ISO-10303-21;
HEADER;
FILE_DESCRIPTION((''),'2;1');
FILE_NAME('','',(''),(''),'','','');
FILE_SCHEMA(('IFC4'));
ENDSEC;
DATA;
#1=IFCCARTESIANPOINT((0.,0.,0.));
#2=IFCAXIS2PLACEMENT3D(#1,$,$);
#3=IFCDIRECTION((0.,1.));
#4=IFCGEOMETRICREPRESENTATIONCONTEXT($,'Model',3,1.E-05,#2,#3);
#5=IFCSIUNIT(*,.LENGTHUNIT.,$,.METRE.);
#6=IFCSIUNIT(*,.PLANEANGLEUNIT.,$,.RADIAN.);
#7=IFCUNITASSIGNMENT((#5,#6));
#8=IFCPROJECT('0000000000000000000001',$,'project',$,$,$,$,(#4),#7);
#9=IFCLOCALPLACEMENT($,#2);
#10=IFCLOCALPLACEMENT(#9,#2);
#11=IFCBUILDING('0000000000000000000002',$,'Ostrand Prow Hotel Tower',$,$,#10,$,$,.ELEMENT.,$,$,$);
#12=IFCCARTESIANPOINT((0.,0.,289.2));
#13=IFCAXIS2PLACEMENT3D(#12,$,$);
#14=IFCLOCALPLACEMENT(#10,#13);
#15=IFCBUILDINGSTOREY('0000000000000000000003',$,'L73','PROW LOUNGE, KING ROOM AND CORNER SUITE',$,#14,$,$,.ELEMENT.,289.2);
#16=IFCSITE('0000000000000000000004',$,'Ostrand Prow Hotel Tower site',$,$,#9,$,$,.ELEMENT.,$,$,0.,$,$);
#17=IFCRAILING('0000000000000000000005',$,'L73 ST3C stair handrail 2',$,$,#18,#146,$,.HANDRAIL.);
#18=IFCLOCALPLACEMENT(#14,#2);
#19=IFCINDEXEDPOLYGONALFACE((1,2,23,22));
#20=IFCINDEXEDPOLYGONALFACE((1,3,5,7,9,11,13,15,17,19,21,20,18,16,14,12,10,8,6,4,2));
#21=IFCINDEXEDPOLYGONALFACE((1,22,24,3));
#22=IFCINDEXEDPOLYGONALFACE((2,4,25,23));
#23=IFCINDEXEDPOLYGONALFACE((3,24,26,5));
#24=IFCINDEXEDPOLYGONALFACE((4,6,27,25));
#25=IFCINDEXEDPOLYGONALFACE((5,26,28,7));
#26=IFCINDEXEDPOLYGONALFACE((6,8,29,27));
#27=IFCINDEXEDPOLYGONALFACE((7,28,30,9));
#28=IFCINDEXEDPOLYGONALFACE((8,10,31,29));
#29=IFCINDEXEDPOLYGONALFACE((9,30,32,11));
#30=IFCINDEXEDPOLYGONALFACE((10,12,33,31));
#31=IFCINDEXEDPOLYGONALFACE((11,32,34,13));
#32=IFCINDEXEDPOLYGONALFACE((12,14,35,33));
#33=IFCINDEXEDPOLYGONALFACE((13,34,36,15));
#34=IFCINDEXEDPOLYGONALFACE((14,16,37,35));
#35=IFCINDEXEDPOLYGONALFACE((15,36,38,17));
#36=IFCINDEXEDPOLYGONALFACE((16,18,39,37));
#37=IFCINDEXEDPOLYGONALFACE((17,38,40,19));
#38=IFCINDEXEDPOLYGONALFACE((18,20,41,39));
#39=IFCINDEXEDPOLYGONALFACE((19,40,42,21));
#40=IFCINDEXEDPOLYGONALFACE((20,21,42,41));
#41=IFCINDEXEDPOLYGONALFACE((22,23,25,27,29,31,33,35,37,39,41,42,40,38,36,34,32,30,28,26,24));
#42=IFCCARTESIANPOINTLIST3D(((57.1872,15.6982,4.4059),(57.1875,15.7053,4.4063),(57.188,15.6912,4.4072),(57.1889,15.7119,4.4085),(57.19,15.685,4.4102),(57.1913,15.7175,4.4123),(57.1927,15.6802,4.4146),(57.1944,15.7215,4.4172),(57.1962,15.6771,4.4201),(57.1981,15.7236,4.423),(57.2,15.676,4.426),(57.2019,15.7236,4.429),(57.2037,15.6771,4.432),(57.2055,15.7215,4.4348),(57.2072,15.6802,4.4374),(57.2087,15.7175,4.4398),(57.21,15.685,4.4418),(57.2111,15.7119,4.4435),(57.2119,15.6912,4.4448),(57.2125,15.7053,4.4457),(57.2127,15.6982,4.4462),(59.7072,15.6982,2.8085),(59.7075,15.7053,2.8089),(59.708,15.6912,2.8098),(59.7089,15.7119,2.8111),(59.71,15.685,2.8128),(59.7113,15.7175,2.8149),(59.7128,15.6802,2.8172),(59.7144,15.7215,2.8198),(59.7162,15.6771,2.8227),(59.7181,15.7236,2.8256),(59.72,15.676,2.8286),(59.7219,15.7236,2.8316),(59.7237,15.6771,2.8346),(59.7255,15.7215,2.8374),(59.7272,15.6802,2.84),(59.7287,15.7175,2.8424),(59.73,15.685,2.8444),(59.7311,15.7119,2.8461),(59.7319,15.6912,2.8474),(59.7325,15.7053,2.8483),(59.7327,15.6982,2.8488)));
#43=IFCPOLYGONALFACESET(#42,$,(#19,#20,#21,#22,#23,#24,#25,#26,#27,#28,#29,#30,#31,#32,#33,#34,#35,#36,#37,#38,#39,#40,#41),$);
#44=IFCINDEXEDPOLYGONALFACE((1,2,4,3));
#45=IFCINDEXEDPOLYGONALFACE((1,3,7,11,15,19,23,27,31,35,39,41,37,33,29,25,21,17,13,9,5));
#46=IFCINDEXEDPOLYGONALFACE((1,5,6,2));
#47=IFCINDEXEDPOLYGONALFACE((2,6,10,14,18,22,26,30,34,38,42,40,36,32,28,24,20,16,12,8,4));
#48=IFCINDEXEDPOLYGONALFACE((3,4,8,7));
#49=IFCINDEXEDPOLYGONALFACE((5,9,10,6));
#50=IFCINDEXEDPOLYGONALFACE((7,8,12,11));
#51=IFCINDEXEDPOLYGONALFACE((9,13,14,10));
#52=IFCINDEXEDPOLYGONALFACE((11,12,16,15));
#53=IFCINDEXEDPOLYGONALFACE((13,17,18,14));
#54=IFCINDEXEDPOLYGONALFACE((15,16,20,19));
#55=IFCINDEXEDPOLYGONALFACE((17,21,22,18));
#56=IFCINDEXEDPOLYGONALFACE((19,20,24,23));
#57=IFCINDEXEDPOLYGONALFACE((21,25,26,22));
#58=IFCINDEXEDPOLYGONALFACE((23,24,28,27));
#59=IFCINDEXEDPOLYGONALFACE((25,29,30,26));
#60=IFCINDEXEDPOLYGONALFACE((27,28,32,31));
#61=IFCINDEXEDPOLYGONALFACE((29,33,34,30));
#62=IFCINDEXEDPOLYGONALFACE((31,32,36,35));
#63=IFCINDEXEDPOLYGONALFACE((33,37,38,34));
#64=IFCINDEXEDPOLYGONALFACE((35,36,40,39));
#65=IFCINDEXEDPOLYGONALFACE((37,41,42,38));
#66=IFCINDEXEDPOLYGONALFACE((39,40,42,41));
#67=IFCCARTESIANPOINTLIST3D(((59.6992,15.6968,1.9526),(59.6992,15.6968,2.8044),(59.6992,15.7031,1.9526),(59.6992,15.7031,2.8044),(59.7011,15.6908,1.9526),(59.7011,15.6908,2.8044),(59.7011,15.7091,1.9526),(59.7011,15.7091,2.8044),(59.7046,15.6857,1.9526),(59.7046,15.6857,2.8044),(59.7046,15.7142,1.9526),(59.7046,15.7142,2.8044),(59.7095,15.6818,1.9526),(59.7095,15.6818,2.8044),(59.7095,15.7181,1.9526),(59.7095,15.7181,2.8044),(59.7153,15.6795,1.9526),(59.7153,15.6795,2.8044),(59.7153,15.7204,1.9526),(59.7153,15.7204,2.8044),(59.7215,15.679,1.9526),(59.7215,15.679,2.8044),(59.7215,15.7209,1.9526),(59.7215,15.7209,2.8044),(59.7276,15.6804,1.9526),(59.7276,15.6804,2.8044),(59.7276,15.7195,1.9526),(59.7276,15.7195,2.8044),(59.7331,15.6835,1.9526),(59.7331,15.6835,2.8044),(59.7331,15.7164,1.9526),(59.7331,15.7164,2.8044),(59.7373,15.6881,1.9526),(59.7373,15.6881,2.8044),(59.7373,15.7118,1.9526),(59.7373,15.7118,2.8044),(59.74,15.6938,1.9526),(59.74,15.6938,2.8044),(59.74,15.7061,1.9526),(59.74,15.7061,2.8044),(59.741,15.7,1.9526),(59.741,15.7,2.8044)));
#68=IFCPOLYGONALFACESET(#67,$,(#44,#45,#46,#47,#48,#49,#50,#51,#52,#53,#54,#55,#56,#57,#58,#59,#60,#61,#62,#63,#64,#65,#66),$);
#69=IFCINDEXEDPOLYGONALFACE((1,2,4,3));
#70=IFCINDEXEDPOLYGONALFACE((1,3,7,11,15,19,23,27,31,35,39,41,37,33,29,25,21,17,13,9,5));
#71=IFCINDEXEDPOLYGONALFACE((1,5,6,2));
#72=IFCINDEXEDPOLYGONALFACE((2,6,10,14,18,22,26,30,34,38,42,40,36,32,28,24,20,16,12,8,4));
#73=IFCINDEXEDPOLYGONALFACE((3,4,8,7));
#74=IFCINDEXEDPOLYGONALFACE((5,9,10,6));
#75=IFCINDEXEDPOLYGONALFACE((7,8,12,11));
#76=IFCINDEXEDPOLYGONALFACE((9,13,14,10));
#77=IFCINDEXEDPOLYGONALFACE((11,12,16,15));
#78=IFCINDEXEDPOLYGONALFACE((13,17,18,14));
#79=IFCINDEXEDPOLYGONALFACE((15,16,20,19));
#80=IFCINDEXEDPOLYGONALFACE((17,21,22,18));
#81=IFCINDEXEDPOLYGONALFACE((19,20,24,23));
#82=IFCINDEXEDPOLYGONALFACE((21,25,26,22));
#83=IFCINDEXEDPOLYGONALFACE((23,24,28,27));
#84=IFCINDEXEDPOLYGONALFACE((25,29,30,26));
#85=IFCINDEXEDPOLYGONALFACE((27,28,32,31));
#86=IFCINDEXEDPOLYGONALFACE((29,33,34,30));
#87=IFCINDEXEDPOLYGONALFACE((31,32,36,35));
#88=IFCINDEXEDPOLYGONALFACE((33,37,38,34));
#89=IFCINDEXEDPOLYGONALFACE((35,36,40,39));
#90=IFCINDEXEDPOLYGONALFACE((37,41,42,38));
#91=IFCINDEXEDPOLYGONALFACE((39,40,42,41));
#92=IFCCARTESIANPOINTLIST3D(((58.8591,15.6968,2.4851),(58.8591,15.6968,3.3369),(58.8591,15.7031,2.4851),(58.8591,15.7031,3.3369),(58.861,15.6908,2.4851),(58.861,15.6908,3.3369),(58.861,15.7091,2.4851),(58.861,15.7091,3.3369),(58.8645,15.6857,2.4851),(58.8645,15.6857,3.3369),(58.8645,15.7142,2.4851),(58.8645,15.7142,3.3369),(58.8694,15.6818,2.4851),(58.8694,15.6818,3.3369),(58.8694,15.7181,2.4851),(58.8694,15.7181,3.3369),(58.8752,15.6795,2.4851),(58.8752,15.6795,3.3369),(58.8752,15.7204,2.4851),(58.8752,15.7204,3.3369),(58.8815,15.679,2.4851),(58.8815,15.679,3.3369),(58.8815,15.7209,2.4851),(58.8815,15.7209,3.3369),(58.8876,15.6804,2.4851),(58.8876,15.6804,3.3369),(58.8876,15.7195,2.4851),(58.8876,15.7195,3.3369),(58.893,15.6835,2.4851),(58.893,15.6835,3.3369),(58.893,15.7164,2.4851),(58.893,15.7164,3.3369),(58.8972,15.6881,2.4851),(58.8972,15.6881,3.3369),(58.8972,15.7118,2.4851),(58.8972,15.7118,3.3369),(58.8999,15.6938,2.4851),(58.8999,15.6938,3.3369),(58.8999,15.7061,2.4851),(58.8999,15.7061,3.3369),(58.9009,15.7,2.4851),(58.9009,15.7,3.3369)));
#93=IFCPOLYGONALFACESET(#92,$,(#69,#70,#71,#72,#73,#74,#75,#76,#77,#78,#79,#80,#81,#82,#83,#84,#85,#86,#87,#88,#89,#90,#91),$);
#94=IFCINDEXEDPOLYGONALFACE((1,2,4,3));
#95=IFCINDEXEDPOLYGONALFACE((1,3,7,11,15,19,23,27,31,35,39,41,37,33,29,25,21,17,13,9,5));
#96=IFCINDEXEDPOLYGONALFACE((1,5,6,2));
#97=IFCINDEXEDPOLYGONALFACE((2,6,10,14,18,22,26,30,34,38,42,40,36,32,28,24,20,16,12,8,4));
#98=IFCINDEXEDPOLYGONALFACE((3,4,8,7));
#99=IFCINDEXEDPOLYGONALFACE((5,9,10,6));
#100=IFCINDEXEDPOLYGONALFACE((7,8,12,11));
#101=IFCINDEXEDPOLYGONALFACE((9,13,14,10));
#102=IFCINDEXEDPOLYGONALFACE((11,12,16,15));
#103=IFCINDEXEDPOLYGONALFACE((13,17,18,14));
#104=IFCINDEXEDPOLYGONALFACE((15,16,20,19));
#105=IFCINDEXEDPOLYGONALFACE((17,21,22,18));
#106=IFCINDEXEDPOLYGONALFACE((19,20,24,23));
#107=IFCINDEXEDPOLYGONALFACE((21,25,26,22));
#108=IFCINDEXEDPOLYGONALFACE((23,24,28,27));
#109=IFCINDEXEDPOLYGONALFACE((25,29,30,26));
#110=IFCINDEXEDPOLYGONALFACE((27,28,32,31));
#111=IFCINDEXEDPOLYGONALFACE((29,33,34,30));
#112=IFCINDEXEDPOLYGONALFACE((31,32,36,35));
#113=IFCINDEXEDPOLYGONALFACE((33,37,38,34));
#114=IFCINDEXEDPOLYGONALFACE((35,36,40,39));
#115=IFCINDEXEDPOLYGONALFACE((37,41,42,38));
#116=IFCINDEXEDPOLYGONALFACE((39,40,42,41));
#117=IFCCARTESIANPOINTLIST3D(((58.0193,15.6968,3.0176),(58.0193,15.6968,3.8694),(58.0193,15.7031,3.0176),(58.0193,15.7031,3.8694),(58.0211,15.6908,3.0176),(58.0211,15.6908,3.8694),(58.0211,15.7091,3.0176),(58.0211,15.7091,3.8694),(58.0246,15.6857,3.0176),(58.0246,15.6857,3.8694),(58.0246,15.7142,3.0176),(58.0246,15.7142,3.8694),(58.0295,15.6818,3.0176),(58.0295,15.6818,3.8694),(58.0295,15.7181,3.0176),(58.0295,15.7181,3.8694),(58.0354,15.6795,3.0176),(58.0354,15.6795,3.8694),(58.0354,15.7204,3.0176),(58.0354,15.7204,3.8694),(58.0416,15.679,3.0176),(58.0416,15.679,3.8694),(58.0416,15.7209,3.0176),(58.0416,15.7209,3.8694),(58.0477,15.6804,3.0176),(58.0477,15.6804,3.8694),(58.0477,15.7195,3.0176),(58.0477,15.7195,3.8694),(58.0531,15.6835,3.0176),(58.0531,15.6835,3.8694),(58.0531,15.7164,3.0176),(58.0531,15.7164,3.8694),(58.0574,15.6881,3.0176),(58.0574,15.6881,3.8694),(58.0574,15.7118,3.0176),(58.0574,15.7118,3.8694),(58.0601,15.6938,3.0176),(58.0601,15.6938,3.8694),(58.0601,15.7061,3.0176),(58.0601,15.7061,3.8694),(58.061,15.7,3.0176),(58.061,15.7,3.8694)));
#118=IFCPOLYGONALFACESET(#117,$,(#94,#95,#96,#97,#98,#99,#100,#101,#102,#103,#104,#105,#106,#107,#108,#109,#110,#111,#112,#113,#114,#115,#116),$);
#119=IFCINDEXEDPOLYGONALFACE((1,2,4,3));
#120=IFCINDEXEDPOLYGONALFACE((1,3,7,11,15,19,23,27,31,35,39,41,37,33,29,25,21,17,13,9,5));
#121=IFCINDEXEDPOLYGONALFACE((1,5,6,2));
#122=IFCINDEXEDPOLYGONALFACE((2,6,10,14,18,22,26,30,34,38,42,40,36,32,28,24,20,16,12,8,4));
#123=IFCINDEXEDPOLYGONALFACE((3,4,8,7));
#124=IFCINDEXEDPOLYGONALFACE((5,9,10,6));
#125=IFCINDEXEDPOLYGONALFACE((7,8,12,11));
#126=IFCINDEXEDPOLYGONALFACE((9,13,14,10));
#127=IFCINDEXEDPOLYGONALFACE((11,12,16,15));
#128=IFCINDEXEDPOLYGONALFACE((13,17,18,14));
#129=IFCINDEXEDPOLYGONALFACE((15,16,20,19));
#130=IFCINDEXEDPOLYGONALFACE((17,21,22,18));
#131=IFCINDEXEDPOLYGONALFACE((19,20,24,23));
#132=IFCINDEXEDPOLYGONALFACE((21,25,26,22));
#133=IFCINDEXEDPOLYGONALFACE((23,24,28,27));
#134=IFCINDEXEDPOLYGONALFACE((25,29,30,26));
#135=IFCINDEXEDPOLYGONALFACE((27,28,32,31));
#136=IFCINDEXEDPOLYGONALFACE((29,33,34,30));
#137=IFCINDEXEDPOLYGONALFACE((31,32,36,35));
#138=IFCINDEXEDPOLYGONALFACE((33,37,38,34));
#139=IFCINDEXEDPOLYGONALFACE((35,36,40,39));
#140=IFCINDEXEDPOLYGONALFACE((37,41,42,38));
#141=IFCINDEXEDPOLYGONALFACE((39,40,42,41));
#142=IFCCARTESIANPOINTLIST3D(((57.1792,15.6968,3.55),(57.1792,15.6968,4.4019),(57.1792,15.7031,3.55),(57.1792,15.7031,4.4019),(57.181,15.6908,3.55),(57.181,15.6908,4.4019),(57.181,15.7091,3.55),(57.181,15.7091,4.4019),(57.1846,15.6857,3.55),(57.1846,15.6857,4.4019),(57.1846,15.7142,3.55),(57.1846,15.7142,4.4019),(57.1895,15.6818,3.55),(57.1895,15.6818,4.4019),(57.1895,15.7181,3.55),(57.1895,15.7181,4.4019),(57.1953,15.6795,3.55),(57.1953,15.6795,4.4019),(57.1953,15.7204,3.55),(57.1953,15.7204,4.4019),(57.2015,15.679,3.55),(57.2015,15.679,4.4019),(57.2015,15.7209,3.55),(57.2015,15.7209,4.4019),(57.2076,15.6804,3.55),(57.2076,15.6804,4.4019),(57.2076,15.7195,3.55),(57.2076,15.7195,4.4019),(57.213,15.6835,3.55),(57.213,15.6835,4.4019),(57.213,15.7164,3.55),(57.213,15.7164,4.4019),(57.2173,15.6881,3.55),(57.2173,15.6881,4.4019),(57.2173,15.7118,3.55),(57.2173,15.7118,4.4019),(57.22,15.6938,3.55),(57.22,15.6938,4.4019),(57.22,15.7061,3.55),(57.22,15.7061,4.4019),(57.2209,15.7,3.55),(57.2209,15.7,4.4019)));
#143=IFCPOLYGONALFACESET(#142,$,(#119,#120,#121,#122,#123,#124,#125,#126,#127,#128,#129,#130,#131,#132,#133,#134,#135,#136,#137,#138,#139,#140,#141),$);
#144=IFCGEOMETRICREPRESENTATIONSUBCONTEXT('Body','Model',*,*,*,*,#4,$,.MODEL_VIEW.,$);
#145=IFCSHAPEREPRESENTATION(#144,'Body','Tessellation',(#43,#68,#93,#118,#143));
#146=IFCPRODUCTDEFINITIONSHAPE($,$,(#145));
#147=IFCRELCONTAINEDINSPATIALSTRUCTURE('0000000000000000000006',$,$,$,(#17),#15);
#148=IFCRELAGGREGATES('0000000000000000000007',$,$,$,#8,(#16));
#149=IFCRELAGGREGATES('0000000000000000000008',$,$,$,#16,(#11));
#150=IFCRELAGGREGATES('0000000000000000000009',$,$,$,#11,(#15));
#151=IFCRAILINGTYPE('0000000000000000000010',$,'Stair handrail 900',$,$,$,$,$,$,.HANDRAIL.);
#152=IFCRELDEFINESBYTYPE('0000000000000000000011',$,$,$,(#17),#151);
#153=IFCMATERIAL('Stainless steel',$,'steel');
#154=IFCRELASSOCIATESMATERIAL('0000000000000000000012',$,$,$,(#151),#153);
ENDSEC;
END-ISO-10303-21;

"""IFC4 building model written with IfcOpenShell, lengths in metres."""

from ifc_helpers import new_model, si_unit, direction, frame, origin, origin_2d, place, context, subcontext, project, spatial, circle, extrude, material, type_object, element, save


model = new_model("IFC4")

# Units and contexts
model_context = context("Model", 3, precision=1e-05, world=origin(), true_north=direction((0.0, 1.0)))
body_context = subcontext(model_context, "Body", "Model", "MODEL_VIEW")
ifc_project = project(units=[si_unit("LENGTHUNIT", "METRE"), si_unit("PLANEANGLEUNIT", "RADIAN")], contexts=[model_context])

# Site, building, storey
site_placement = place(None, origin())
site = spatial("IfcSite", under=ifc_project, at=site_placement, Name="Ostrand Prow Hotel Tower site", CompositionType="ELEMENT", RefElevation=0.0)
building_placement = place(site_placement, origin())
building = spatial("IfcBuilding", under=site, at=building_placement, Name="Ostrand Prow Hotel Tower", CompositionType="ELEMENT")
storey_placement = place(building_placement, frame((0.0, 0.0, 289.2)))
storey = spatial("IfcBuildingStorey", under=building, at=storey_placement, Name="L73", Description="PROW LOUNGE, KING ROOM AND CORNER SUITE", CompositionType="ELEMENT", Elevation=289.2)

# Railing
ifc_material_1 = material(Name="Stainless steel", Category="steel")
railing_type_1 = type_object("IfcRailingType", Name="Stair handrail 900", PredefinedType="HANDRAIL", material=ifc_material_1)
railing_1_placement = place(storey_placement, frame((59.72, 15.7, 1.9526)))
element("IfcRailing", 1, at=railing_1_placement, inside=storey, type_object=railing_type_1, Name="L73 ST3C stair handrail 2", PredefinedType="HANDRAIL", context=body_context, shape_type="SweptSolid", body=[
    extrude(circle(Radius=0.0239, at=origin_2d()), frame((0.0, 0.0, 0.876), z_axis=(-0.844607, 0.0, 0.535387), x_axis=(0.0, -1.0, 0.0)), (0.0, 0.0, 1.0), 2.9836),
    extrude(circle(Radius=0.021, at=origin_2d()), origin(), (0.0, 0.0, 1.0), 0.8518),
    extrude(circle(Radius=0.021, at=origin_2d()), frame((-0.8401, 0.0, 0.5325)), (0.0, 0.0, 1.0), 0.8518),
    extrude(circle(Radius=0.021, at=origin_2d()), frame((-1.6799, 0.0, 1.0649)), (0.0, 0.0, 1.0), 0.8518),
    extrude(circle(Radius=0.021, at=origin_2d()), frame((-2.52, 0.0, 1.5974)), (0.0, 0.0, 1.0), 0.8518),
])

save(model, "model.ifc")
